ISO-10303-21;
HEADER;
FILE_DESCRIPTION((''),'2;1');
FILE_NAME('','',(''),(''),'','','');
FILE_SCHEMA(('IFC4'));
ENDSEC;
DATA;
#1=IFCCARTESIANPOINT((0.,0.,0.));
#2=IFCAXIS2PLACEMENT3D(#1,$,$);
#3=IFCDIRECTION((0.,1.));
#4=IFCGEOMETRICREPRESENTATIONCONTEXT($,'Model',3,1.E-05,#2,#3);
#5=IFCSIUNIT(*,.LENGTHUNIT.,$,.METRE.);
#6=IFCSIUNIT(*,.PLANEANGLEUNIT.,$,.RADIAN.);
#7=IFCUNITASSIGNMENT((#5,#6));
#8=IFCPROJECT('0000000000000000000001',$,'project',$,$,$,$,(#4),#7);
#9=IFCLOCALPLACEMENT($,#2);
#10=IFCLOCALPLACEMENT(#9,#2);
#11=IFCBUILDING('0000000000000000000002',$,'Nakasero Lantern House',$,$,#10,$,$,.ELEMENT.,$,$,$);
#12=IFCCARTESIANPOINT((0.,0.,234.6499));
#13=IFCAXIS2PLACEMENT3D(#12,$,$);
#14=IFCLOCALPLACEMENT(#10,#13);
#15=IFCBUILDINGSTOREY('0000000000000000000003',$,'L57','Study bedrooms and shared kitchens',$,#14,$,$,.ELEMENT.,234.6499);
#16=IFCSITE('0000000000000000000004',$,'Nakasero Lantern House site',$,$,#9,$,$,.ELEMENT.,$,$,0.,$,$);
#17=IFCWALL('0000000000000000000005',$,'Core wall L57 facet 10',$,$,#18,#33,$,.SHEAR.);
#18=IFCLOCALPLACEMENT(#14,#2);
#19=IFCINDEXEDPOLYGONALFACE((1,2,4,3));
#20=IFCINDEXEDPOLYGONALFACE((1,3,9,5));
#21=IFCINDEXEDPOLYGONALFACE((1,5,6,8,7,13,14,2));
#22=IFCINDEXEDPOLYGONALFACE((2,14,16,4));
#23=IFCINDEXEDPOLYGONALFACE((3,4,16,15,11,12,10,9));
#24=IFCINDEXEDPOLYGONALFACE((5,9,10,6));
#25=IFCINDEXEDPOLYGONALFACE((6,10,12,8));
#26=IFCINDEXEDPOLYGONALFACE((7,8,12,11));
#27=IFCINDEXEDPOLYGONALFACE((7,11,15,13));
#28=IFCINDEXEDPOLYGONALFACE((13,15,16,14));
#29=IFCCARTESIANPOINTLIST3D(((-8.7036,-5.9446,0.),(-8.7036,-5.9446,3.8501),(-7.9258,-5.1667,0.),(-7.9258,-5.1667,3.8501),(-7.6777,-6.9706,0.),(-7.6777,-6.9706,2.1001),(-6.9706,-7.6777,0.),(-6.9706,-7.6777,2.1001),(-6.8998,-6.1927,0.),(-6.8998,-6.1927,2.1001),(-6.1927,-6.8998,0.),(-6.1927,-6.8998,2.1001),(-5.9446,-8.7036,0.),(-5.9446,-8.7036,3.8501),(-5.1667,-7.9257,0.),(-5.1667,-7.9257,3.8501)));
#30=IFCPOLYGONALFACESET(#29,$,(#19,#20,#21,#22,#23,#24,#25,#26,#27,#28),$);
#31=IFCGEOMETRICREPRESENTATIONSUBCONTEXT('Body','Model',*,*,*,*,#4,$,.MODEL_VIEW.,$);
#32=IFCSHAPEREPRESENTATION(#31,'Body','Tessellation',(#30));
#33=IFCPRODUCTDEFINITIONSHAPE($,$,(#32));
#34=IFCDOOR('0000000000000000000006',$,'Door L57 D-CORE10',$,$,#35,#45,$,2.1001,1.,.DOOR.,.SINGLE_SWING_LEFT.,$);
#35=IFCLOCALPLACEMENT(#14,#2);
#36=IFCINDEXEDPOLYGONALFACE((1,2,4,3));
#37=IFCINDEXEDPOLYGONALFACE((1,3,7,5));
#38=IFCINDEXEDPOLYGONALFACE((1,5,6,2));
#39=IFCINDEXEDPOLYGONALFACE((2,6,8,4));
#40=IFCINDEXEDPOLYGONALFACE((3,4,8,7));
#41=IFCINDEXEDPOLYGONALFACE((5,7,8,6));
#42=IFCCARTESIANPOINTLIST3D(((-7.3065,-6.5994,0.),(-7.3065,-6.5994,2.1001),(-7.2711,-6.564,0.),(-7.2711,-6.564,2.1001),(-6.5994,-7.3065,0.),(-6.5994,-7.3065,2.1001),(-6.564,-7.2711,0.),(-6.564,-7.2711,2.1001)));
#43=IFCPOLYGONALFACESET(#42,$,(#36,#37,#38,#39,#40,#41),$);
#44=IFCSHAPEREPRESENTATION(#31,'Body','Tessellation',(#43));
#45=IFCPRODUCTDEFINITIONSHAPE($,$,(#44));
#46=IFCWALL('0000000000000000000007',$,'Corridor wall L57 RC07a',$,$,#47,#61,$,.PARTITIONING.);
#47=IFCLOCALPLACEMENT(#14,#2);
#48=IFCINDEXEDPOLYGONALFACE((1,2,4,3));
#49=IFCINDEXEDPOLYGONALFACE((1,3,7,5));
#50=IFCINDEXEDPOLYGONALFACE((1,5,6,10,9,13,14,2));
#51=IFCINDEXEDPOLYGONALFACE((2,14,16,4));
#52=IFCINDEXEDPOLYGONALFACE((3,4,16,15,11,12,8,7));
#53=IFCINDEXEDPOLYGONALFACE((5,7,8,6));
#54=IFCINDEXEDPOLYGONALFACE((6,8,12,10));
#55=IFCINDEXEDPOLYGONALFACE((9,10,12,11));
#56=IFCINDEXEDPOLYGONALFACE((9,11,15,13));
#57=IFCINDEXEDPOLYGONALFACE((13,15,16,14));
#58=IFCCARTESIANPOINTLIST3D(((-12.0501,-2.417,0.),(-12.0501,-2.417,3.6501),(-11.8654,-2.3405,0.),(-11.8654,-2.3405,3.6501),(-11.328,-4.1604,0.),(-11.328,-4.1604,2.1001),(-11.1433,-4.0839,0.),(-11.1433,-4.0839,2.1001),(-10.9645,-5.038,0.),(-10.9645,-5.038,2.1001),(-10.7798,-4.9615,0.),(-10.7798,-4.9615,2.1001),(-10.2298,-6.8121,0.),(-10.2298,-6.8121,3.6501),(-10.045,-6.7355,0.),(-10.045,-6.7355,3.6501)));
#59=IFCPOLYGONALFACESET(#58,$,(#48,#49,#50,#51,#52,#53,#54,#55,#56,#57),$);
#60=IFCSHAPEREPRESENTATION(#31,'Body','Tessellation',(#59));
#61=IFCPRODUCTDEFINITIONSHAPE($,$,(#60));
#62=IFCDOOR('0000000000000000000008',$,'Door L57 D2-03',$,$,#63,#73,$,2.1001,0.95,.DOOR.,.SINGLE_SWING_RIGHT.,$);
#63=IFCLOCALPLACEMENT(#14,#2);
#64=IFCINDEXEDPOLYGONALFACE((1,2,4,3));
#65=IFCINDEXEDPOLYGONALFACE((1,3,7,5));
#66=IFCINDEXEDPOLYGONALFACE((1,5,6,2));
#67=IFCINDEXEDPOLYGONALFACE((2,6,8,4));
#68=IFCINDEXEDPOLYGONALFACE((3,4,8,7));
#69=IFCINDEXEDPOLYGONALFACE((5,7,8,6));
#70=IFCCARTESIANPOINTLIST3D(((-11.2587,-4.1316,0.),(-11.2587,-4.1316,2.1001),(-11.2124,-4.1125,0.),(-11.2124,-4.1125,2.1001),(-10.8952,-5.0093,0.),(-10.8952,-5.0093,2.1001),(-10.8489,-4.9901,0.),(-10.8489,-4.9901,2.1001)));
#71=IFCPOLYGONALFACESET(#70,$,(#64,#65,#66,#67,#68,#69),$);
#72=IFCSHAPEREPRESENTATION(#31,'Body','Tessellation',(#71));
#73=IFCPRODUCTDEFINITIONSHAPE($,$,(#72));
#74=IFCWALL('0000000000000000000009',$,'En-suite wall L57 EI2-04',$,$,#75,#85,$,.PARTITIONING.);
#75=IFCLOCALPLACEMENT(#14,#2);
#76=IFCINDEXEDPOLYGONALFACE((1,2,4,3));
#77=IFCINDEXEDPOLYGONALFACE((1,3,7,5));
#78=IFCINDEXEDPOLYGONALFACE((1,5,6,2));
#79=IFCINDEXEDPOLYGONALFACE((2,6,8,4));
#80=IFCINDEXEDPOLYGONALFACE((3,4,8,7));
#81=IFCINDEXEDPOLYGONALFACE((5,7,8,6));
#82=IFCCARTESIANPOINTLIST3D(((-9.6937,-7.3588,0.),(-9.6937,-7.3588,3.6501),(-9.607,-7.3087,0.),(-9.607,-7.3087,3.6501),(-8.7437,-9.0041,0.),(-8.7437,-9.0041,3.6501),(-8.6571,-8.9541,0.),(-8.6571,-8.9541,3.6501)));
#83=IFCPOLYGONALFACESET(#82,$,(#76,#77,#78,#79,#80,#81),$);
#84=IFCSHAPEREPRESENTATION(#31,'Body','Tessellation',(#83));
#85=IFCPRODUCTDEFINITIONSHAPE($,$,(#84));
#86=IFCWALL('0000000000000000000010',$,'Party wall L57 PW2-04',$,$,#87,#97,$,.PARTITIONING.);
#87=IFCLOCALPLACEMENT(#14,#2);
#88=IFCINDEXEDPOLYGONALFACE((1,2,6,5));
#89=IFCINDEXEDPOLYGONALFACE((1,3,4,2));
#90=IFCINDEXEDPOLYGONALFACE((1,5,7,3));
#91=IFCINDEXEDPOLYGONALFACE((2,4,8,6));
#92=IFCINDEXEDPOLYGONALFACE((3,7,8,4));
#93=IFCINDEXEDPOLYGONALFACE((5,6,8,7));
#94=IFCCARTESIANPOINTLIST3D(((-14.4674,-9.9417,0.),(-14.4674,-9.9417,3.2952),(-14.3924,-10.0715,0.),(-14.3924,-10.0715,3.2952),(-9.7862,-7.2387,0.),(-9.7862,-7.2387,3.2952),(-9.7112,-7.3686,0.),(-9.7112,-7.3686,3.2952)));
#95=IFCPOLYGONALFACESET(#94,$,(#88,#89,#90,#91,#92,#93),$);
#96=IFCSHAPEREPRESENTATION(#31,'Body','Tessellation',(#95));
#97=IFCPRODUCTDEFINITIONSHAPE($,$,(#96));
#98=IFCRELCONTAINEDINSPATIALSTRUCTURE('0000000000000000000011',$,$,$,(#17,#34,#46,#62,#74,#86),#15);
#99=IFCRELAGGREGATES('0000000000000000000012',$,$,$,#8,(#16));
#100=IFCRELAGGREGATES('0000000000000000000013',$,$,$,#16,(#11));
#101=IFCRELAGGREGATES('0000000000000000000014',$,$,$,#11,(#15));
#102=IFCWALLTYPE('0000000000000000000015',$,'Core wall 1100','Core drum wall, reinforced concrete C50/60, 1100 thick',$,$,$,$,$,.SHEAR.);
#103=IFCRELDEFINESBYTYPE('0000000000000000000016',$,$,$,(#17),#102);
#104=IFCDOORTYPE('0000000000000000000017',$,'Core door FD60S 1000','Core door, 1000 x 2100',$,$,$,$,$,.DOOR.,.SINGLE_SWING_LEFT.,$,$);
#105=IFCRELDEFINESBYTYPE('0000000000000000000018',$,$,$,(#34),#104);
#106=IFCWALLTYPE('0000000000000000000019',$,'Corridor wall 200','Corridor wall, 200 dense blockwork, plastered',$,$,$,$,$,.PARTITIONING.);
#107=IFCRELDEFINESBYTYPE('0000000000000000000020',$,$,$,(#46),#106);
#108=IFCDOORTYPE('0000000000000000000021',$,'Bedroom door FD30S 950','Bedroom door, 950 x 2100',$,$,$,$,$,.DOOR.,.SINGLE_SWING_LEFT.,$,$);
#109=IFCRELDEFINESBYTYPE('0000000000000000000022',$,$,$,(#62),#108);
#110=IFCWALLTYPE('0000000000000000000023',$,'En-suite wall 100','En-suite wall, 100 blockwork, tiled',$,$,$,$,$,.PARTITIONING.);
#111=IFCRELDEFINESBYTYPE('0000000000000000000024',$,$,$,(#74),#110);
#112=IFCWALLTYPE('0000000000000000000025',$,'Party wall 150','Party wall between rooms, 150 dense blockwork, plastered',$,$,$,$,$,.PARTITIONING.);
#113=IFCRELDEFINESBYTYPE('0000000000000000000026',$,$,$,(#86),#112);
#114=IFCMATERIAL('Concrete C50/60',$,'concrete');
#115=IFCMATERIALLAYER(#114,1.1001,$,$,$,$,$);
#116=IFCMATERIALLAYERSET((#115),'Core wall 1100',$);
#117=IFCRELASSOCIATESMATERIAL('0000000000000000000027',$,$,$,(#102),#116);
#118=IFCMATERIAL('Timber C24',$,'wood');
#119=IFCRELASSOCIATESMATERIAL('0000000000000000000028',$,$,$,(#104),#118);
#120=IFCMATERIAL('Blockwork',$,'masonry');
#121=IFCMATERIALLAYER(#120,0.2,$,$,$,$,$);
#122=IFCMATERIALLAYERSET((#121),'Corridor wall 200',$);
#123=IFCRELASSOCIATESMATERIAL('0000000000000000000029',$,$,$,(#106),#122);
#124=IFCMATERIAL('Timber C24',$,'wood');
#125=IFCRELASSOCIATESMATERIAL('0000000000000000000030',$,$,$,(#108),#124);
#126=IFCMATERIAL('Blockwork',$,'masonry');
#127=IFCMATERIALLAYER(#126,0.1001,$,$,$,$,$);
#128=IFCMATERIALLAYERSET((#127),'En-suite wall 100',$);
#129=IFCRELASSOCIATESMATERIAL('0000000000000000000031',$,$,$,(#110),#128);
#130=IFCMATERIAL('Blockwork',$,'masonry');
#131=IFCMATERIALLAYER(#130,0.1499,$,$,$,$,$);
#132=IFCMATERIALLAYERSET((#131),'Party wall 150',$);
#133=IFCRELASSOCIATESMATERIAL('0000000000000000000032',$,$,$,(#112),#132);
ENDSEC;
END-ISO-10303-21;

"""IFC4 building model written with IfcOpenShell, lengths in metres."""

from ifc_helpers import new_model, si_unit, direction, frame, frame_2d, origin, place, context, subcontext, project, spatial, rectangle, extrude, material, layer, layer_set, type_object, element, fill, save


model = new_model("IFC4")

# Units and contexts
model_context = context("Model", 3, precision=1e-05, world=origin(), true_north=direction((0.0, 1.0)))
body_context = subcontext(model_context, "Body", "Model", "MODEL_VIEW")
ifc_project = project(units=[si_unit("LENGTHUNIT", "METRE"), si_unit("PLANEANGLEUNIT", "RADIAN")], contexts=[model_context])

# Site, building, storey
site_placement = place(None, origin())
site = spatial("IfcSite", under=ifc_project, at=site_placement, Name="Nakasero Lantern House site", CompositionType="ELEMENT", RefElevation=0.0)
building_placement = place(site_placement, origin())
building = spatial("IfcBuilding", under=site, at=building_placement, Name="Nakasero Lantern House", CompositionType="ELEMENT")
storey_placement = place(building_placement, frame((0.0, 0.0, 234.6499)))
storey = spatial("IfcBuildingStorey", under=building, at=storey_placement, Name="L57", Description="Study bedrooms and shared kitchens", CompositionType="ELEMENT", Elevation=234.6499)

# Shared definitions
ifc_material_1 = material(Name="Concrete C50/60", Category="concrete")
ifc_layer_1 = layer(ifc_material_1, 1.1001)
ifc_layer_set_1 = layer_set([ifc_layer_1], Name="Core wall 1100")
wall_type_1 = type_object("IfcWallType", Name="Core wall 1100", Description="Core drum wall, reinforced concrete C50/60, 1100 thick", PredefinedType="SHEAR", material=ifc_layer_set_1)

# Walls, openings, doors
wall_1_placement = place(storey_placement, frame((-8.3147, -5.5557, 0.0), z_axis=(0.0, 0.0, 1.0), x_axis=(0.707107, -0.707107, 0.0)))
wall_1 = element("IfcWall", 1, at=wall_1_placement, inside=storey, type_object=wall_type_1, Name="Core wall L57 facet 10", PredefinedType="SHEAR", context=body_context, shape_type="SweptSolid", body=[
    extrude(rectangle(XDim=3.9019, YDim=1.1001, at=frame_2d((1.9509, 0.0))), origin(), (0.0, 0.0, 1.0), 3.8501),
])
opening_1_placement = place(wall_1_placement, frame((1.4509, 0.0, 0.0)))
opening_1 = element("IfcOpeningElement", 2, at=opening_1_placement, cuts=wall_1, PredefinedType="OPENING", context=body_context, shape_type="SweptSolid", body=[
    extrude(rectangle(XDim=1.0, YDim=2.1001, at=frame_2d((0.5, 1.05))), frame((0.0, 0.5701, 0.0), z_axis=(0.0, -1.0, 0.0), x_axis=(1.0, 0.0, 0.0)), (0.0, 0.0, 1.0), 1.1401),
])
ifc_material_2 = material(Name="Timber C24", Category="wood")
door_type_1 = type_object("IfcDoorType", Name="Core door FD60S 1000", Description="Core door, 1000 x 2100", OperationType="SINGLE_SWING_LEFT", PredefinedType="DOOR", material=ifc_material_2)
door_1_placement = place(opening_1_placement, origin())
door_1 = element("IfcDoor", 3, at=door_1_placement, inside=storey, type_object=door_type_1, Name="Door L57 D-CORE10", OperationType="SINGLE_SWING_LEFT", OverallHeight=2.1001, OverallWidth=1.0, PredefinedType="DOOR", context=body_context, shape_type="SweptSolid", body=[
    extrude(rectangle(XDim=1.0, YDim=2.1001, at=frame_2d((0.5, 1.05))), frame((0.0, 0.0249, 0.0), z_axis=(0.0, -1.0, 0.0), x_axis=(1.0, 0.0, 0.0)), (0.0, 0.0, 1.0), 0.05),
])
fill(opening_1, door_1)
ifc_material_3 = material(Name="Blockwork", Category="masonry")
ifc_layer_2 = layer(ifc_material_3, 0.2)
ifc_layer_set_2 = layer_set([ifc_layer_2], Name="Corridor wall 200")
wall_type_2 = type_object("IfcWallType", Name="Corridor wall 200", Description="Corridor wall, 200 dense blockwork, plastered", PredefinedType="PARTITIONING", material=ifc_layer_set_2)
wall_2_placement = place(storey_placement, frame((-10.1375, -6.7737, 0.0), z_axis=(0.0, 0.0, 1.0), x_axis=(-0.382654, 0.923892, 0.0)))
wall_2 = element("IfcWall", 4, at=wall_2_placement, inside=storey, type_object=wall_type_2, Name="Corridor wall L57 RC07a", PredefinedType="PARTITIONING", context=body_context, shape_type="SweptSolid", body=[
    extrude(rectangle(XDim=4.7571, YDim=0.2, at=frame_2d((2.3784, 0.0))), origin(), (0.0, 0.0, 1.0), 3.6501),
])
opening_2_placement = place(wall_2_placement, frame((1.9199, 0.0, 0.0)))
opening_2 = element("IfcOpeningElement", 5, at=opening_2_placement, cuts=wall_2, PredefinedType="OPENING", context=body_context, shape_type="SweptSolid", body=[
    extrude(rectangle(XDim=0.95, YDim=2.1001, at=frame_2d((0.4751, 1.05))), frame((0.0, 0.1199, 0.0), z_axis=(0.0, -1.0, 0.0), x_axis=(1.0, 0.0, 0.0)), (0.0, 0.0, 1.0), 0.24),
])
ifc_material_4 = material(Name="Timber C24", Category="wood")
door_type_2 = type_object("IfcDoorType", Name="Bedroom door FD30S 950", Description="Bedroom door, 950 x 2100", OperationType="SINGLE_SWING_LEFT", PredefinedType="DOOR", material=ifc_material_4)
door_2_placement = place(opening_2_placement, origin())
door_2 = element("IfcDoor", 6, at=door_2_placement, inside=storey, type_object=door_type_2, Name="Door L57 D2-03", OperationType="SINGLE_SWING_RIGHT", OverallHeight=2.1001, OverallWidth=0.95, PredefinedType="DOOR", context=body_context, shape_type="SweptSolid", body=[
    extrude(rectangle(XDim=0.95, YDim=2.1001, at=frame_2d((0.4751, 1.05))), frame((0.0, 0.0249, 0.0), z_axis=(0.0, -1.0, 0.0), x_axis=(1.0, 0.0, 0.0)), (0.0, 0.0, 1.0), 0.05),
])
fill(opening_2, door_2)

# Walls
ifc_material_5 = material(Name="Blockwork", Category="masonry")
ifc_layer_3 = layer(ifc_material_5, 0.1001)
ifc_layer_set_3 = layer_set([ifc_layer_3], Name="En-suite wall 100")
wall_type_3 = type_object("IfcWallType", Name="En-suite wall 100", Description="En-suite wall, 100 blockwork, tiled", PredefinedType="PARTITIONING", material=ifc_layer_set_3)
wall_3_placement = place(storey_placement, frame((-9.6504, -7.3337, 0.0), z_axis=(0.0, 0.0, 1.0), x_axis=(0.500023, -0.866012, 0.0)))
element("IfcWall", 7, at=wall_3_placement, inside=storey, type_object=wall_type_3, Name="En-suite wall L57 EI2-04", PredefinedType="PARTITIONING", context=body_context, shape_type="SweptSolid", body=[
    extrude(rectangle(XDim=1.8999, YDim=0.1001, at=frame_2d((0.95, 0.0))), origin(), (0.0, 0.0, 1.0), 3.6501),
])
ifc_material_6 = material(Name="Blockwork", Category="masonry")
ifc_layer_4 = layer(ifc_material_6, 0.1499)
ifc_layer_set_4 = layer_set([ifc_layer_4], Name="Party wall 150")
wall_type_4 = type_object("IfcWallType", Name="Party wall 150", Description="Party wall between rooms, 150 dense blockwork, plastered", PredefinedType="PARTITIONING", material=ifc_layer_set_4)
wall_4_placement = place(storey_placement, frame((-9.7488, -7.3037, 0.0), z_axis=(0.0, 0.0, 1.0), x_axis=(-0.866008, -0.50003, 0.0)))
element("IfcWall", 8, at=wall_4_placement, inside=storey, type_object=wall_type_4, Name="Party wall L57 PW2-04", PredefinedType="PARTITIONING", context=body_context, shape_type="SweptSolid", body=[
    extrude(rectangle(XDim=5.4055, YDim=0.1499, at=frame_2d((2.7026, 0.0))), origin(), (0.0, 0.0, 1.0), 3.2952),
])

save(model, "model.ifc")
